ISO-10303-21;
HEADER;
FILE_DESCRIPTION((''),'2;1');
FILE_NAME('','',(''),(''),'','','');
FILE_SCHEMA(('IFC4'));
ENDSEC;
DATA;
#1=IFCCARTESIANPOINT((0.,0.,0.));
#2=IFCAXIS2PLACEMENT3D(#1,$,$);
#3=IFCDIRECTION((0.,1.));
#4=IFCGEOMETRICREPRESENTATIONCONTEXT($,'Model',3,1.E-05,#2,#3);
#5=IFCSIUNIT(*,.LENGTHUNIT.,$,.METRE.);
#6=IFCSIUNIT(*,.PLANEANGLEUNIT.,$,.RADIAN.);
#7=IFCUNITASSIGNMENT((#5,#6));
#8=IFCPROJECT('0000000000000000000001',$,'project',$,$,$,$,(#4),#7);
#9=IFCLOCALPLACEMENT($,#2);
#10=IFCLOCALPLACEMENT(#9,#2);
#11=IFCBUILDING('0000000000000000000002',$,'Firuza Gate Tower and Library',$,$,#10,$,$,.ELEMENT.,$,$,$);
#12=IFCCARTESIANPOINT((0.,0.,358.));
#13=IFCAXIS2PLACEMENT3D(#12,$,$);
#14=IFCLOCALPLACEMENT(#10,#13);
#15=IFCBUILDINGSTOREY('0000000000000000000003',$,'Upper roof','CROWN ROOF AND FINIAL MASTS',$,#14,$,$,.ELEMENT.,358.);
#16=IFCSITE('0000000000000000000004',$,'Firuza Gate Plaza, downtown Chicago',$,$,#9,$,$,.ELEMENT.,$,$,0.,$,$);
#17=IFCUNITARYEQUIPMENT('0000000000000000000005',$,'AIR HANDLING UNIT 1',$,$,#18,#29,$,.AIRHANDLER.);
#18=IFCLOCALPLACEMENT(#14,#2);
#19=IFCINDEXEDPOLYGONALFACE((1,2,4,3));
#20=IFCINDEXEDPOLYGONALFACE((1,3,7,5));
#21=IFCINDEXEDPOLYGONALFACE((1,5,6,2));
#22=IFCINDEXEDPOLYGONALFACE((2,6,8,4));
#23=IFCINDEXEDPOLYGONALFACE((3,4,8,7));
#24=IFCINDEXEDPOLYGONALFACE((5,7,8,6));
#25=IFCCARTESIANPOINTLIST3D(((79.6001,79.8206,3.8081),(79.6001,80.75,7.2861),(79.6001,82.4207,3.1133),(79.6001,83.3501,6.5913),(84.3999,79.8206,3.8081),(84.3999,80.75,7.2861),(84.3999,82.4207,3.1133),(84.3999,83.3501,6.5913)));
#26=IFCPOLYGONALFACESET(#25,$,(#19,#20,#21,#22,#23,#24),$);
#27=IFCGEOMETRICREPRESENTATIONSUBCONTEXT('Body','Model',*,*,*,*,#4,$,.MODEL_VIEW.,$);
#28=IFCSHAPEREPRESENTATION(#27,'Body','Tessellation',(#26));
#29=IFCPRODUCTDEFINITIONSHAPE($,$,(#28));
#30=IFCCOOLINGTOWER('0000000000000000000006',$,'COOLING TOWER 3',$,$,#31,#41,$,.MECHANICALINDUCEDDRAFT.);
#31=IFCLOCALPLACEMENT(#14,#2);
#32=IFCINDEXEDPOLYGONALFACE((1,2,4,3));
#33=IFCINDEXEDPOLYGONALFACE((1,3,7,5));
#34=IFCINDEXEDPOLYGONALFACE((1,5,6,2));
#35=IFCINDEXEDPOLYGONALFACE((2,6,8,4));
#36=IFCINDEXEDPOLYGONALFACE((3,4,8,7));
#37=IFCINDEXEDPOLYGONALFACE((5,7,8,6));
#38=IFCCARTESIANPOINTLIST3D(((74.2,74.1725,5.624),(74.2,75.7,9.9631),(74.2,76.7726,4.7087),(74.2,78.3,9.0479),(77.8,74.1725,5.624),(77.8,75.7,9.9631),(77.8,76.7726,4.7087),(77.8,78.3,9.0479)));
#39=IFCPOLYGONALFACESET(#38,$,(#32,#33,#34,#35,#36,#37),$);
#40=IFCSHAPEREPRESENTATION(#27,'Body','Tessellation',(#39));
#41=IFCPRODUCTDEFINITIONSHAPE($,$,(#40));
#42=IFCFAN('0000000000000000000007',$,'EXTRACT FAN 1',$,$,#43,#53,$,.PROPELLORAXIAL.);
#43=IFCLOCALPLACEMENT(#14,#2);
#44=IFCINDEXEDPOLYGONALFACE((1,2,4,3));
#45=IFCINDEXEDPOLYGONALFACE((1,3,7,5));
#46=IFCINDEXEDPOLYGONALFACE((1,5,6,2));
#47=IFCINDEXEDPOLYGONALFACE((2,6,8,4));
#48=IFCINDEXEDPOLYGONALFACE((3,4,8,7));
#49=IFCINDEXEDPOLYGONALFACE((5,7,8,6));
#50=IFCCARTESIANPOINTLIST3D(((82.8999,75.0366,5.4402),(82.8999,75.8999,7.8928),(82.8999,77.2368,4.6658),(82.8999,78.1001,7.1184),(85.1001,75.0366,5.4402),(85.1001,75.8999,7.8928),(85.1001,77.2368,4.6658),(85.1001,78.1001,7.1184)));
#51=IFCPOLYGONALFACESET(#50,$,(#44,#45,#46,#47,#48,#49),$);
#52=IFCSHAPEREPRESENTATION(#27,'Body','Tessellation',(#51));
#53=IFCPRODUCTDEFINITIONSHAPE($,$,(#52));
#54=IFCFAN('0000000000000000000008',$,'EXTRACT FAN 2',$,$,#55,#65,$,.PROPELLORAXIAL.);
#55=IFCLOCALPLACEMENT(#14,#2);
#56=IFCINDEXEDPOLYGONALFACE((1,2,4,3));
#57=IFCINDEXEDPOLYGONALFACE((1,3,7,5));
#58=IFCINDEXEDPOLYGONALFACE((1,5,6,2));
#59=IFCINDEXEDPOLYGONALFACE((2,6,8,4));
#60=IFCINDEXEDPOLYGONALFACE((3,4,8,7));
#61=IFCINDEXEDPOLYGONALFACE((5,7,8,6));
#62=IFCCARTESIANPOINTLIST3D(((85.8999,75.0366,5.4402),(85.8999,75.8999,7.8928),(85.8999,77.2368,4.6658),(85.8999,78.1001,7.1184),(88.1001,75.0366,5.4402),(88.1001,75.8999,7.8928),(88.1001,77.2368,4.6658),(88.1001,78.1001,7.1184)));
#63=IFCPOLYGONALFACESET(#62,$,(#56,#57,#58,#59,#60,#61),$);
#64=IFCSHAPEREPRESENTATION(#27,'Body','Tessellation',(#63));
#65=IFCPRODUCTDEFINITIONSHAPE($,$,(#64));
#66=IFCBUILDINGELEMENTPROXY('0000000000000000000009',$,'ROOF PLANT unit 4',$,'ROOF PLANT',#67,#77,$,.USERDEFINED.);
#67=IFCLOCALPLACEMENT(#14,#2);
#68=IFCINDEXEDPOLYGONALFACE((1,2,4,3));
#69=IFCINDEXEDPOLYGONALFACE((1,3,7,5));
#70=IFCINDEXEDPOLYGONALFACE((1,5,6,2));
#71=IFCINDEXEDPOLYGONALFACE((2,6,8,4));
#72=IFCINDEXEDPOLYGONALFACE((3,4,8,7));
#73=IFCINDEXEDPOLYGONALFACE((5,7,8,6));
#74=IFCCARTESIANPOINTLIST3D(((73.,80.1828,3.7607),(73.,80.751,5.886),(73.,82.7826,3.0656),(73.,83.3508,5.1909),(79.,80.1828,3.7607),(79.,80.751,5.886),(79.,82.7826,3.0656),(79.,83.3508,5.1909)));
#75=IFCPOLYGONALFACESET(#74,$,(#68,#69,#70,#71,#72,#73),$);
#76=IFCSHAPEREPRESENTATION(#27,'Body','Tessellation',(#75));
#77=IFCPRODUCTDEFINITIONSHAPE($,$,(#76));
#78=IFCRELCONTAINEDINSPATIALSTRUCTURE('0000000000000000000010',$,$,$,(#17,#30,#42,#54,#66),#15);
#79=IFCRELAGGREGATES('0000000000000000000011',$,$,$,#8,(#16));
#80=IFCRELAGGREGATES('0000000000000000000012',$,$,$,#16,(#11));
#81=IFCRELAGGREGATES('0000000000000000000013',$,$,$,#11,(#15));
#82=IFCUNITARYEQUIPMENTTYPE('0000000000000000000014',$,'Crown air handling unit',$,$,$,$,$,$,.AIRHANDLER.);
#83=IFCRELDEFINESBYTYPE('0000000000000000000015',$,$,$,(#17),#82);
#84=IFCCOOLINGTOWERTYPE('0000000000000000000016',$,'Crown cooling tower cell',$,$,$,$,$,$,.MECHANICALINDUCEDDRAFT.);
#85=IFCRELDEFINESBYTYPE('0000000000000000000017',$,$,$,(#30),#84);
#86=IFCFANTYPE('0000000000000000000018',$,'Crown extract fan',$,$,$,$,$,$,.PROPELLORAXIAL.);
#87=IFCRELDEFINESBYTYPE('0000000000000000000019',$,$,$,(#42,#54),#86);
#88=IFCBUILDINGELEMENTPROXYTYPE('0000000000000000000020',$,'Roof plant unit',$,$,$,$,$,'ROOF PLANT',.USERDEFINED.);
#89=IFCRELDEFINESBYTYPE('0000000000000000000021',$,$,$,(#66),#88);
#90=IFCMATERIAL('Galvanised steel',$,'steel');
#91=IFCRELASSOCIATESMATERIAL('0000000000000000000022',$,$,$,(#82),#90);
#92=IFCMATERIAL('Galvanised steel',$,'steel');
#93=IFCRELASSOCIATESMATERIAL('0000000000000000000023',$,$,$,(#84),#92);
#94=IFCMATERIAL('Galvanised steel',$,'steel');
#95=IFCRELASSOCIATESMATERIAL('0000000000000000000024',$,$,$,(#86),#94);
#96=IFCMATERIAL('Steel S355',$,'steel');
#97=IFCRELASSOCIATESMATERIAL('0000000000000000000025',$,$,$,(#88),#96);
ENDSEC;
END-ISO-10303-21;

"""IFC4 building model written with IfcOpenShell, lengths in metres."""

from ifc_helpers import new_model, si_unit, direction, frame, origin, place, context, subcontext, project, spatial, polyline, outline, extrude, material, type_object, element, save


model = new_model("IFC4")

# Units and contexts
model_context = context("Model", 3, precision=1e-05, world=origin(), true_north=direction((0.0, 1.0)))
body_context = subcontext(model_context, "Body", "Model", "MODEL_VIEW")
ifc_project = project(units=[si_unit("LENGTHUNIT", "METRE"), si_unit("PLANEANGLEUNIT", "RADIAN")], contexts=[model_context])

# Site, building, storey
site_placement = place(None, origin())
site = spatial("IfcSite", under=ifc_project, at=site_placement, Name="Firuza Gate Plaza, downtown Chicago", CompositionType="ELEMENT", RefElevation=0.0)
building_placement = place(site_placement, origin())
building = spatial("IfcBuilding", under=site, at=building_placement, Name="Firuza Gate Tower and Library", CompositionType="ELEMENT")
storey_placement = place(building_placement, frame((0.0, 0.0, 358.0)))
storey = spatial("IfcBuildingStorey", under=building, at=storey_placement, Name="Upper roof", Description="CROWN ROOF AND FINIAL MASTS", CompositionType="ELEMENT", Elevation=358.0)

# Unitary equipment
ifc_material_1 = material(Name="Galvanised steel", Category="steel")
unitary_equipment_type = type_object("IfcUnitaryEquipmentType", Name="Crown air handling unit", PredefinedType="AIRHANDLER", material=ifc_material_1)
unitary_equipment_placement = place(storey_placement, frame((79.6001, 80.75, 7.2861), z_axis=(0.0, 0.258171, 0.966099), x_axis=(1.0, 0.0, 0.0)))
element("IfcUnitaryEquipment", 1, at=unitary_equipment_placement, inside=storey, type_object=unitary_equipment_type, Name="AIR HANDLING UNIT 1", PredefinedType="AIRHANDLER", context=body_context, shape_type="SweptSolid", body=[
    extrude(outline(polyline([(0.0, 0.0), (4.7998, 0.0), (4.7998, 2.6913), (0.0, 2.6913), (0.0, 0.0)])), origin(), (0.0, 0.0, -1.0), 3.6001),
])

# Cooling tower
ifc_material_2 = material(Name="Galvanised steel", Category="steel")
cooling_tower_type = type_object("IfcCoolingTowerType", Name="Crown cooling tower cell", PredefinedType="MECHANICALINDUCEDDRAFT", material=ifc_material_2)
cooling_tower_placement = place(storey_placement, frame((74.2, 75.7, 9.9631), z_axis=(0.0, 0.332046, 0.943263), x_axis=(1.0, 0.0, 0.0)))
element("IfcCoolingTower", 2, at=cooling_tower_placement, inside=storey, type_object=cooling_tower_type, Name="COOLING TOWER 3", PredefinedType="MECHANICALINDUCEDDRAFT", context=body_context, shape_type="SweptSolid", body=[
    extrude(outline(polyline([(0.0, 0.0), (3.6001, 0.0), (3.6001, 2.7565), (0.0, 2.7565), (0.0, 0.0)])), origin(), (0.0, 0.0, -1.0), 4.6001),
])

# Fans
ifc_material_3 = material(Name="Galvanised steel", Category="steel")
fan_type = type_object("IfcFanType", Name="Crown extract fan", PredefinedType="PROPELLORAXIAL", material=ifc_material_3)
for number, where, z_axis, x_axis, name in (
    (3, (82.8999, 75.8999, 7.8928), (0.0, 0.33201, 0.943276), (1.0, 0.0, 0.0), "EXTRACT FAN 1"),
    (4, (85.8999, 75.8999, 7.8928), (0.0, 0.33201, 0.943276), (1.0, 0.0, 0.0), "EXTRACT FAN 2"),
):
    element("IfcFan", number, at=place(storey_placement, frame(where, z_axis=z_axis, x_axis=x_axis)), inside=storey, type_object=fan_type, Name=name, PredefinedType="PROPELLORAXIAL", context=body_context, shape_type="SweptSolid", body=[
        extrude(outline(polyline([(0.0, 0.0), (2.2002, 0.0), (2.2002, 2.3325), (0.0, 2.3325), (0.0, 0.0)])), origin(), (0.0, 0.0, -1.0), 2.6001),
    ])

# Building element proxy
ifc_material_4 = material(Name="Steel S355", Category="steel")
building_element_proxy_type = type_object("IfcBuildingElementProxyType", Name="Roof plant unit", ElementType="ROOF PLANT", PredefinedType="USERDEFINED", material=ifc_material_4)
proxy_placement = place(storey_placement, frame((73.0, 80.751, 5.886), z_axis=(0.0, 0.258278, 0.966071), x_axis=(1.0, 0.0, 0.0)))
element("IfcBuildingElementProxy", 5, at=proxy_placement, inside=storey, type_object=building_element_proxy_type, Name="ROOF PLANT unit 4", ObjectType="ROOF PLANT", PredefinedType="USERDEFINED", context=body_context, shape_type="SweptSolid", body=[
    extrude(outline(polyline([(0.0, 0.0), (6.0, 0.0), (6.0, 2.6912), (0.0, 2.6912), (0.0, 0.0)])), origin(), (0.0, 0.0, -1.0), 2.2),
])

save(model, "model.ifc")
